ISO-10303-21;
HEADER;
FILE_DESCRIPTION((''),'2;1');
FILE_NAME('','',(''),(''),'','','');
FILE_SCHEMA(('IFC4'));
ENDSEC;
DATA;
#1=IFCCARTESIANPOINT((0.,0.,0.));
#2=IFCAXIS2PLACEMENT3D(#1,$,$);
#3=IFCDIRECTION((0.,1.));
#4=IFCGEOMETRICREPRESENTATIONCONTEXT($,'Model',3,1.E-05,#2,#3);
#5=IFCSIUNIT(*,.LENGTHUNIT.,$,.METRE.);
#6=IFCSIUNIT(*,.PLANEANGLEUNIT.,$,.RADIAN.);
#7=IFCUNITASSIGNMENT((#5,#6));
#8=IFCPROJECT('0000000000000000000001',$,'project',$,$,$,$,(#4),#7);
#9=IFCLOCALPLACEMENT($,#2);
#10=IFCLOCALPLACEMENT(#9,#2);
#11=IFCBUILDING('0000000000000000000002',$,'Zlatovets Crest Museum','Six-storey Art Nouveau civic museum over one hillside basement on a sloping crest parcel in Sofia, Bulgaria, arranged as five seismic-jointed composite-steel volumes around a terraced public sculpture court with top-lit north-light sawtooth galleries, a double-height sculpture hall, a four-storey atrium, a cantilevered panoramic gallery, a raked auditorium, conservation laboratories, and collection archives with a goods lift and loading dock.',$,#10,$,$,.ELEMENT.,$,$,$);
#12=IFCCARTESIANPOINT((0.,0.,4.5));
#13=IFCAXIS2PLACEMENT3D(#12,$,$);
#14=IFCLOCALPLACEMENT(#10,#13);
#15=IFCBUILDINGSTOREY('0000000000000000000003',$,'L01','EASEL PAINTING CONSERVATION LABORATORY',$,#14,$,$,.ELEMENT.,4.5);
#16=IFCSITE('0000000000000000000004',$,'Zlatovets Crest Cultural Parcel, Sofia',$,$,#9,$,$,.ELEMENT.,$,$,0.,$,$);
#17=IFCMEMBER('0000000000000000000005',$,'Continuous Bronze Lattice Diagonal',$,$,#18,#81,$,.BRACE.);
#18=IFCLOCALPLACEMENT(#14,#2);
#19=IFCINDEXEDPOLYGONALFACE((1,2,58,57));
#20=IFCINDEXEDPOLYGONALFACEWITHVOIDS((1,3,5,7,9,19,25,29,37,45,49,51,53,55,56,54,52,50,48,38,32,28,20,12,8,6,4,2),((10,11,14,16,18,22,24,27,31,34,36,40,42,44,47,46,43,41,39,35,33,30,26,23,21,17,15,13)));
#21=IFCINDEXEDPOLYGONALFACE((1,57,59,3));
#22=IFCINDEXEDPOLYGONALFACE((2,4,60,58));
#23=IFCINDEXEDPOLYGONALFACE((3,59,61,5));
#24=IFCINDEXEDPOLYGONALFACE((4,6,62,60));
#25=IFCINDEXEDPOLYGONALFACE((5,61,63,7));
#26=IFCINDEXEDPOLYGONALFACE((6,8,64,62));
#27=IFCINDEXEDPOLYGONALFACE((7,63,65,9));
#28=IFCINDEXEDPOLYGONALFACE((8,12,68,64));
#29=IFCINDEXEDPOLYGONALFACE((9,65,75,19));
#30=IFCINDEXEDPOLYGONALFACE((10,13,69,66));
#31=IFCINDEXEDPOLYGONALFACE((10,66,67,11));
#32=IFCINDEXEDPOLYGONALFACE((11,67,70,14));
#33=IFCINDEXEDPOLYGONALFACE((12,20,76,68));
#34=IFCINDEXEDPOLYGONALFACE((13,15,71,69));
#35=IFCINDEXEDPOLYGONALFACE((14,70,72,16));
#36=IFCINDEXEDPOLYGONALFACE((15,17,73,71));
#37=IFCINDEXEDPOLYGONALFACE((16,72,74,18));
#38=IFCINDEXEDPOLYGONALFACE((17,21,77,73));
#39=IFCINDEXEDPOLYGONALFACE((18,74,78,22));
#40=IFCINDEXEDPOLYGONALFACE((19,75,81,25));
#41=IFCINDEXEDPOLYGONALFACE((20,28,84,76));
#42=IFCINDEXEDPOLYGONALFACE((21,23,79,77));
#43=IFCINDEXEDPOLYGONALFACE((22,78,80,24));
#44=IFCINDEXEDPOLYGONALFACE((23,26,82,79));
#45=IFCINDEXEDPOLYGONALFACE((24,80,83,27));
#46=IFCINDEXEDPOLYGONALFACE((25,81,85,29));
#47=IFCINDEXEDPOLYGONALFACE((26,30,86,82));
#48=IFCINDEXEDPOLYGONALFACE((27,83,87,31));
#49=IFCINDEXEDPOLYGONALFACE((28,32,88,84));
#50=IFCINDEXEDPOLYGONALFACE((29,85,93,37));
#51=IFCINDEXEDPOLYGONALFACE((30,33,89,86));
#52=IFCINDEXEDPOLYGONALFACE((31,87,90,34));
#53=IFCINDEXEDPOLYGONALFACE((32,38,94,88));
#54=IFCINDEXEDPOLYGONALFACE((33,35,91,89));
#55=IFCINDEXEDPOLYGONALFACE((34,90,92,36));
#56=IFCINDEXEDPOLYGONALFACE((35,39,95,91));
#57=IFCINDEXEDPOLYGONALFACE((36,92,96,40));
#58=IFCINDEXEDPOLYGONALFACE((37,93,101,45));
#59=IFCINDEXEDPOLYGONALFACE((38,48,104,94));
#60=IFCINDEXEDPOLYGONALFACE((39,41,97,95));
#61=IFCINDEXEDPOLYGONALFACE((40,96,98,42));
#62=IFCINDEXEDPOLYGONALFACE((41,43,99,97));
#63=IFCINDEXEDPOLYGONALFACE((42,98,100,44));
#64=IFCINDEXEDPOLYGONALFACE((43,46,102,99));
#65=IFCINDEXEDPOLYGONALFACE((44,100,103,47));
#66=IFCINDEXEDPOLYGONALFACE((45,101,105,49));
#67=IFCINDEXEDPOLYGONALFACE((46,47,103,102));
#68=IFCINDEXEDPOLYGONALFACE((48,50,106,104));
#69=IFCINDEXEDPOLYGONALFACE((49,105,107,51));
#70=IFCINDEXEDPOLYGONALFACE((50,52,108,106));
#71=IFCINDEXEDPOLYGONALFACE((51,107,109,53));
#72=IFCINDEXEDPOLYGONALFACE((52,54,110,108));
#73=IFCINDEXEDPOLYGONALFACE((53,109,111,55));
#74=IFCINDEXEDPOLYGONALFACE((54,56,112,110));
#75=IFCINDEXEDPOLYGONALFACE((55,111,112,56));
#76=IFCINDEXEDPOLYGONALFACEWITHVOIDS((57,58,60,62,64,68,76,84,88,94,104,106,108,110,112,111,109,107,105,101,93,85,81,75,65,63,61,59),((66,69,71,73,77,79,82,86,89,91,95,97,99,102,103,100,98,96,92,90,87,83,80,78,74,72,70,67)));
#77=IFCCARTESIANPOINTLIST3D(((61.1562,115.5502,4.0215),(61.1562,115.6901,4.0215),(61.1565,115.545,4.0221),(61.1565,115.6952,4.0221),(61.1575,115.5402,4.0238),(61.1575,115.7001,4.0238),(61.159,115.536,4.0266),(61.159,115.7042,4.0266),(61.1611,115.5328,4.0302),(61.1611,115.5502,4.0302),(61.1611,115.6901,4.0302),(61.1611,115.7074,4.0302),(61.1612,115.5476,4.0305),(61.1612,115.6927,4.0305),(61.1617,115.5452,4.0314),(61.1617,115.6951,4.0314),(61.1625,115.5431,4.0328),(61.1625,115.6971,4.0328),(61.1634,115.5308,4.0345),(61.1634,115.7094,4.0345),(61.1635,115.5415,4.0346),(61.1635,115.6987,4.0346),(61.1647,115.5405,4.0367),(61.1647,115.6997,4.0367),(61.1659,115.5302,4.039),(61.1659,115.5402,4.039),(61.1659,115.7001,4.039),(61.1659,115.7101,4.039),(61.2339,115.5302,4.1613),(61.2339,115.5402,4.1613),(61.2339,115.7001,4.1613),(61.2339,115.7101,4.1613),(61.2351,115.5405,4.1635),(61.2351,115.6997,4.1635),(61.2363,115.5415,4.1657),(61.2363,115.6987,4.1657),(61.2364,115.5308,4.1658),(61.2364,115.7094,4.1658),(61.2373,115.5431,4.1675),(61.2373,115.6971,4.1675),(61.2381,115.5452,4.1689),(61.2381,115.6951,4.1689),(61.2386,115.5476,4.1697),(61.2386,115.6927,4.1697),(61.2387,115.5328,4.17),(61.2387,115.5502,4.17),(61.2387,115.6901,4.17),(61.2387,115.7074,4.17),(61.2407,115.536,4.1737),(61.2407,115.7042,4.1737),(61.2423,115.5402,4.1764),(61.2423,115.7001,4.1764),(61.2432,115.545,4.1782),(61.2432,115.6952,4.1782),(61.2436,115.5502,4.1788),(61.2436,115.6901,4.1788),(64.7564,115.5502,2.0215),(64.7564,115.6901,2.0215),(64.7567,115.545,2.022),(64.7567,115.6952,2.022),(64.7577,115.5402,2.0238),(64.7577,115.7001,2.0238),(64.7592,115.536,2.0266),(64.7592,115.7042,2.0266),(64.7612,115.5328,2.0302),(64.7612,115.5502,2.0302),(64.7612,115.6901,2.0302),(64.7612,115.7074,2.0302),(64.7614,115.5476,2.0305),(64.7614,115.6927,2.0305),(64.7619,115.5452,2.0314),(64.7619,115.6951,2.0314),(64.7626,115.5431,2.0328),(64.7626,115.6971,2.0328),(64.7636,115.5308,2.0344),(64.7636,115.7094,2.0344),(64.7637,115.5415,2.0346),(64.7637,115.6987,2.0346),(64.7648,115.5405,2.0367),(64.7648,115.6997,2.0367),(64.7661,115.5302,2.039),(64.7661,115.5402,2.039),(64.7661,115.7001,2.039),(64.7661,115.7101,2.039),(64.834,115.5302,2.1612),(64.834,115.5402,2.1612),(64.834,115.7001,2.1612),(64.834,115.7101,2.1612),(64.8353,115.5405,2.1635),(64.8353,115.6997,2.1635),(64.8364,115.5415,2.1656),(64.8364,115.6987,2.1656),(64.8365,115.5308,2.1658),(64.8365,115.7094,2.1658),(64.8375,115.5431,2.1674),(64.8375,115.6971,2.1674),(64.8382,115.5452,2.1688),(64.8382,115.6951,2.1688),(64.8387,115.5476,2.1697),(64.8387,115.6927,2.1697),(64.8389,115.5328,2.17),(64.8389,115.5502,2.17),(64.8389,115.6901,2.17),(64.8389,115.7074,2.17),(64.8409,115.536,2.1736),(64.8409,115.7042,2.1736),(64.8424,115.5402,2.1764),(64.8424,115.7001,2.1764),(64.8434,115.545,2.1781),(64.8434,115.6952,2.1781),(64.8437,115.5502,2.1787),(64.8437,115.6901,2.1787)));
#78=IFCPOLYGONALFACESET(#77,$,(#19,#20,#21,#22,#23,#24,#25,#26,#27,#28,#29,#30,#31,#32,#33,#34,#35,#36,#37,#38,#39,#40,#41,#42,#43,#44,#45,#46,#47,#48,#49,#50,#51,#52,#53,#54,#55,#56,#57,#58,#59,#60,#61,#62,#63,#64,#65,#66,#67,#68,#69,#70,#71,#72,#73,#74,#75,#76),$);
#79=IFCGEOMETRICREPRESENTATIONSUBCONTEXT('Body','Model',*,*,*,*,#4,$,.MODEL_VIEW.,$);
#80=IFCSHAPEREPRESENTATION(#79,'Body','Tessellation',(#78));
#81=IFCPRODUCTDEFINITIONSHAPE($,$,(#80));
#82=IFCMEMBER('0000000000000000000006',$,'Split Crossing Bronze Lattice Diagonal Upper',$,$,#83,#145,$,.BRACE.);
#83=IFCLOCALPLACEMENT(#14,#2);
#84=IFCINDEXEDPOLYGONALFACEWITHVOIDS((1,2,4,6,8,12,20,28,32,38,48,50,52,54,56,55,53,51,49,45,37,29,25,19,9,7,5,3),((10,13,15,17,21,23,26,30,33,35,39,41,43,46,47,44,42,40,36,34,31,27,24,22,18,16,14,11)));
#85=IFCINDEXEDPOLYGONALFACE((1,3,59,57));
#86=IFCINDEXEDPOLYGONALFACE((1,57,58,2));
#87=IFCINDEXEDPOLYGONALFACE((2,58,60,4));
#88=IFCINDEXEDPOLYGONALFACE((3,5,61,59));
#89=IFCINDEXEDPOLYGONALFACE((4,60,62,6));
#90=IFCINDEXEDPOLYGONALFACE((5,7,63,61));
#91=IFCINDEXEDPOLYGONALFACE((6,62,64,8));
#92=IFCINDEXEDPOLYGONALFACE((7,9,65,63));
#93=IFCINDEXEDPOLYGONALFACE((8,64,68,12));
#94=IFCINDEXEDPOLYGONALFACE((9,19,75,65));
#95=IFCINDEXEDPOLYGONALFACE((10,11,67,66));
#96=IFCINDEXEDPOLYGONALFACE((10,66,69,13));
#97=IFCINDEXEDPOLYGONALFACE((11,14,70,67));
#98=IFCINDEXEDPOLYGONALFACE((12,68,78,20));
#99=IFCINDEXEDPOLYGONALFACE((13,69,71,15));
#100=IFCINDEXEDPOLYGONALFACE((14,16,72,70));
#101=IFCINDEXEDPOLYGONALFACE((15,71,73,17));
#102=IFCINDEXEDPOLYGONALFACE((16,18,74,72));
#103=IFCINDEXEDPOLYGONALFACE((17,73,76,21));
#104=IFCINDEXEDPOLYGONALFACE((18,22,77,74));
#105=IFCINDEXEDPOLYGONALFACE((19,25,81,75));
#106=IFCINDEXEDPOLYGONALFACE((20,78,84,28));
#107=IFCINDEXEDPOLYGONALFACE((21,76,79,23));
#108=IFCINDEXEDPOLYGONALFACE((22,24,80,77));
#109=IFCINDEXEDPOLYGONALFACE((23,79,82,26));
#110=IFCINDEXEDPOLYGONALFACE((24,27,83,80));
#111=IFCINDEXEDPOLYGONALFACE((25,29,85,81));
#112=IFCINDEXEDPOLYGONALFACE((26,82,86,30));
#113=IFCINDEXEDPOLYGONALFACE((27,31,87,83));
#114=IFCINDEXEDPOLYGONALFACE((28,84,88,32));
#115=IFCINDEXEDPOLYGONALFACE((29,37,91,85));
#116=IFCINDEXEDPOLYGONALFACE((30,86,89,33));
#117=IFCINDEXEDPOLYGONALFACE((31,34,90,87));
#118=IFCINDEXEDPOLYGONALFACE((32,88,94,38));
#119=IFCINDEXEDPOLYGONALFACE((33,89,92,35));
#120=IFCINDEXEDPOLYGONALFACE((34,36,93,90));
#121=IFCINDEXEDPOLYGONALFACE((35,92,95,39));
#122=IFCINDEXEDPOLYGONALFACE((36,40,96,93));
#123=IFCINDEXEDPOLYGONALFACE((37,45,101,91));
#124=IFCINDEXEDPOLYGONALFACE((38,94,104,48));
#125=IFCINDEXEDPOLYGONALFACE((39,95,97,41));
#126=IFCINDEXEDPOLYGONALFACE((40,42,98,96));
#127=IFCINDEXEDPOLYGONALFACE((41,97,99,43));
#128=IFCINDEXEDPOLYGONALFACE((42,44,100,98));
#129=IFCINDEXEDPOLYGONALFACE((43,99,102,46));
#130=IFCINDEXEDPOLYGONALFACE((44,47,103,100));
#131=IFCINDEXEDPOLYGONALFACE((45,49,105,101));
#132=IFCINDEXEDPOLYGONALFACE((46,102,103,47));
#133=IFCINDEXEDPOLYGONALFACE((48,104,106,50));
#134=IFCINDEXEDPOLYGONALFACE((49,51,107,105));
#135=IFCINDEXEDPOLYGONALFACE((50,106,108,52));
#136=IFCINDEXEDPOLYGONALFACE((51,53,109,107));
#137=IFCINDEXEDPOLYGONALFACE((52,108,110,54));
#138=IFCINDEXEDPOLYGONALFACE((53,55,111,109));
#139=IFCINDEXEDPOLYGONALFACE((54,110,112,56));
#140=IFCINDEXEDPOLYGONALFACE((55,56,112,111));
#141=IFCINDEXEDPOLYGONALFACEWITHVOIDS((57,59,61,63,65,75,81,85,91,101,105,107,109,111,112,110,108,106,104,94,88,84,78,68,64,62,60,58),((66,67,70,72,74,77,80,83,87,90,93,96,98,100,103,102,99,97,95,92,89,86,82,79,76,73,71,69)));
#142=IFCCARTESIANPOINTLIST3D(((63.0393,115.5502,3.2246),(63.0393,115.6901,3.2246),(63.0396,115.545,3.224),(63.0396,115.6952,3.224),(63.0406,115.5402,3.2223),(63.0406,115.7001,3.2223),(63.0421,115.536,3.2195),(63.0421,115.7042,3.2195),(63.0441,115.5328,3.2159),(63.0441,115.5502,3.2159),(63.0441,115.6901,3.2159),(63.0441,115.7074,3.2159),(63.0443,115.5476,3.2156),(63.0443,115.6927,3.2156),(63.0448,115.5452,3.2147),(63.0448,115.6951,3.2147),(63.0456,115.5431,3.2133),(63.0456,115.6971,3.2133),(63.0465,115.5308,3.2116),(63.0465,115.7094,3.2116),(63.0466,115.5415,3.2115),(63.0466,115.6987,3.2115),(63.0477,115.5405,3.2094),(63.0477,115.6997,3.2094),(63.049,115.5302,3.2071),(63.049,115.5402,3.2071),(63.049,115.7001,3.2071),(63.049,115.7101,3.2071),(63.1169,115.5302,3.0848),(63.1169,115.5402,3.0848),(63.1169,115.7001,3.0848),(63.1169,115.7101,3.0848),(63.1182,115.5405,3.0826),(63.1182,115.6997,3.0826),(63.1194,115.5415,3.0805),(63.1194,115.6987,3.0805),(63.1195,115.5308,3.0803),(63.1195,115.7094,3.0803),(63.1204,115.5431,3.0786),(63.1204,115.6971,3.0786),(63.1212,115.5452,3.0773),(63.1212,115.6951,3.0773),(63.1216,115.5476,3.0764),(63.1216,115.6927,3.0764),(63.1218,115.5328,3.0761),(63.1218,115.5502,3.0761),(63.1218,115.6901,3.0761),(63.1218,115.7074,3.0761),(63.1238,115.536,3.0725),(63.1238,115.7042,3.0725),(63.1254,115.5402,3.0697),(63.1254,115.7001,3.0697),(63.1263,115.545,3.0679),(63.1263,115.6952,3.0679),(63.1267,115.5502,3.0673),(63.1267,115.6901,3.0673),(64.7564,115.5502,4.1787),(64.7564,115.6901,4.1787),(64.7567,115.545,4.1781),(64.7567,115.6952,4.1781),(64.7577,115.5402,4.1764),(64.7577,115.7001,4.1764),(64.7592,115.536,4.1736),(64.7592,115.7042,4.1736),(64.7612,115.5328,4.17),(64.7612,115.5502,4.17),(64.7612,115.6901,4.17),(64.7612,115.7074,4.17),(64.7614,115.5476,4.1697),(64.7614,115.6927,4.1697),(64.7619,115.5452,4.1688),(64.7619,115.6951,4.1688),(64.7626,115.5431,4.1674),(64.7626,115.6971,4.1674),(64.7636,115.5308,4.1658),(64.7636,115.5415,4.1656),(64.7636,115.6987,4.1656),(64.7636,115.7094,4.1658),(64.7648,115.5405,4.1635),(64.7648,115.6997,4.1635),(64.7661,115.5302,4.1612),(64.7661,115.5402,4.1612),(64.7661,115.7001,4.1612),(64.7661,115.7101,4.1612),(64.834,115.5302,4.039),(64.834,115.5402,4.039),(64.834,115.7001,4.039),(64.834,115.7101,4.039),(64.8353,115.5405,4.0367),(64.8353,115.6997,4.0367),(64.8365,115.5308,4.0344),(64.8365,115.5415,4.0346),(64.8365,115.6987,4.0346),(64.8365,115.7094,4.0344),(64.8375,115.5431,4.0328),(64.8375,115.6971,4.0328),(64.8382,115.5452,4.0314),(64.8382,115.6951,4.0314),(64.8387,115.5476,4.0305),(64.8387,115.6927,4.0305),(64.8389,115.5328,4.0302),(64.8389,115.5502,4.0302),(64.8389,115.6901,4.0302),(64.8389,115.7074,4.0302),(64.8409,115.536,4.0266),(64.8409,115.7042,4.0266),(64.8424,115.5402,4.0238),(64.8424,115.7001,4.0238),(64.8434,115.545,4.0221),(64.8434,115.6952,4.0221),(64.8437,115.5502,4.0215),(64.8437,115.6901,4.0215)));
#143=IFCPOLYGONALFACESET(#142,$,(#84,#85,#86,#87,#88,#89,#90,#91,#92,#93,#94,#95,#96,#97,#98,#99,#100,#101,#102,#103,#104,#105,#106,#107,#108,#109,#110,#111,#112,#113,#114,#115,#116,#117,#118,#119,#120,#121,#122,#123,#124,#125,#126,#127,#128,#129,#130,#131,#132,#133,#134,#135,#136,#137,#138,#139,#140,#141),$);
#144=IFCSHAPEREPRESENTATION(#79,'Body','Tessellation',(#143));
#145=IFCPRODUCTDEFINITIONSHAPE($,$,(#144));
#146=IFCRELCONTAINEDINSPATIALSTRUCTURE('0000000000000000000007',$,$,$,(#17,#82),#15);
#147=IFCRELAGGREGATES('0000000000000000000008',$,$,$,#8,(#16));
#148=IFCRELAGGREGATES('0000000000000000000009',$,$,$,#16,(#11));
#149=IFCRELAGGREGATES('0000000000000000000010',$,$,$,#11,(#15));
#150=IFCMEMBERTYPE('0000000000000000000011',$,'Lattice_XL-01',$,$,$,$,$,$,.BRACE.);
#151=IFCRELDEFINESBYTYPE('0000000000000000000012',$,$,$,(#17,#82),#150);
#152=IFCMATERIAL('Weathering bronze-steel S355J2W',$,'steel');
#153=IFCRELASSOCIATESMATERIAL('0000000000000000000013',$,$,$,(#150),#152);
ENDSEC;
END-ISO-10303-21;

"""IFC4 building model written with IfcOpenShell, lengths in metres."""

from ifc_helpers import new_model, si_unit, direction, frame, origin, origin_2d, place, context, subcontext, project, spatial, hollow_rectangle, extrude, material, material_profile, profile_set, type_object, element, save


model = new_model("IFC4")

# Units and contexts
model_context = context("Model", 3, precision=1e-05, world=origin(), true_north=direction((0.0, 1.0)))
body_context = subcontext(model_context, "Body", "Model", "MODEL_VIEW")
ifc_project = project(units=[si_unit("LENGTHUNIT", "METRE"), si_unit("PLANEANGLEUNIT", "RADIAN")], contexts=[model_context])

# Site, building, storey
site_placement = place(None, origin())
site = spatial("IfcSite", under=ifc_project, at=site_placement, Name="Zlatovets Crest Cultural Parcel, Sofia", CompositionType="ELEMENT", RefElevation=0.0)
building_placement = place(site_placement, origin())
building = spatial("IfcBuilding", under=site, at=building_placement, Name="Zlatovets Crest Museum", Description="Six-storey Art Nouveau civic museum over one hillside basement on a sloping crest parcel in Sofia, Bulgaria, arranged as five seismic-jointed composite-steel volumes around a terraced public sculpture court with top-lit north-light sawtooth galleries, a double-height sculpture hall, a four-storey atrium, a cantilevered panoramic gallery, a raked auditorium, conservation laboratories, and collection archives with a goods lift and loading dock.", CompositionType="ELEMENT")
storey_placement = place(building_placement, frame((0.0, 0.0, 4.5)))
storey = spatial("IfcBuildingStorey", under=building, at=storey_placement, Name="L01", Description="EASEL PAINTING CONSERVATION LABORATORY", CompositionType="ELEMENT", Elevation=4.5)

# Members
ifc_material_1 = material(Name="Weathering bronze-steel S355J2W", Category="steel")
ifc_material_profile_1 = material_profile(ifc_material_1, hollow_rectangle(XDim=0.1799, YDim=0.1799, WallThickness=0.01, InnerFilletRadius=0.01, OuterFilletRadius=0.02, at=origin_2d()), Name="SHS 180x180x10.0")
ifc_profile_set_1 = profile_set([ifc_material_profile_1], Name="Weathering bronze-steel S355J2W")
member_type_1 = type_object("IfcMemberType", Name="Lattice_XL-01", PredefinedType="BRACE", material=ifc_profile_set_1)
member_1_placement = place(storey_placement, frame((64.8, 115.6201, 2.1001), z_axis=(-0.874163, 0.0, 0.485633), x_axis=(0.0, -1.0, 0.0)))
element("IfcMember", 1, at=member_1_placement, inside=storey, type_object=member_type_1, Name="Continuous Bronze Lattice Diagonal", PredefinedType="BRACE", context=body_context, shape_type="SweptSolid", body=[
    extrude(hollow_rectangle(XDim=0.1799, YDim=0.1799, WallThickness=0.01, InnerFilletRadius=0.01, OuterFilletRadius=0.02, at=origin_2d()), origin(), (0.0, 0.0, 1.0), 4.1184),
])
member_2_placement = place(storey_placement, frame((64.8, 115.6201, 4.1001), z_axis=(-0.874116, 0.0, -0.485717), x_axis=(0.0, -1.0, 0.0)))
element("IfcMember", 2, at=member_2_placement, inside=storey, type_object=member_type_1, Name="Split Crossing Bronze Lattice Diagonal Upper", PredefinedType="BRACE", context=body_context, shape_type="SweptSolid", body=[
    extrude(hollow_rectangle(XDim=0.1799, YDim=0.1799, WallThickness=0.01, InnerFilletRadius=0.01, OuterFilletRadius=0.02, at=origin_2d()), origin(), (0.0, 0.0, 1.0), 1.9644),
])

save(model, "model.ifc")
